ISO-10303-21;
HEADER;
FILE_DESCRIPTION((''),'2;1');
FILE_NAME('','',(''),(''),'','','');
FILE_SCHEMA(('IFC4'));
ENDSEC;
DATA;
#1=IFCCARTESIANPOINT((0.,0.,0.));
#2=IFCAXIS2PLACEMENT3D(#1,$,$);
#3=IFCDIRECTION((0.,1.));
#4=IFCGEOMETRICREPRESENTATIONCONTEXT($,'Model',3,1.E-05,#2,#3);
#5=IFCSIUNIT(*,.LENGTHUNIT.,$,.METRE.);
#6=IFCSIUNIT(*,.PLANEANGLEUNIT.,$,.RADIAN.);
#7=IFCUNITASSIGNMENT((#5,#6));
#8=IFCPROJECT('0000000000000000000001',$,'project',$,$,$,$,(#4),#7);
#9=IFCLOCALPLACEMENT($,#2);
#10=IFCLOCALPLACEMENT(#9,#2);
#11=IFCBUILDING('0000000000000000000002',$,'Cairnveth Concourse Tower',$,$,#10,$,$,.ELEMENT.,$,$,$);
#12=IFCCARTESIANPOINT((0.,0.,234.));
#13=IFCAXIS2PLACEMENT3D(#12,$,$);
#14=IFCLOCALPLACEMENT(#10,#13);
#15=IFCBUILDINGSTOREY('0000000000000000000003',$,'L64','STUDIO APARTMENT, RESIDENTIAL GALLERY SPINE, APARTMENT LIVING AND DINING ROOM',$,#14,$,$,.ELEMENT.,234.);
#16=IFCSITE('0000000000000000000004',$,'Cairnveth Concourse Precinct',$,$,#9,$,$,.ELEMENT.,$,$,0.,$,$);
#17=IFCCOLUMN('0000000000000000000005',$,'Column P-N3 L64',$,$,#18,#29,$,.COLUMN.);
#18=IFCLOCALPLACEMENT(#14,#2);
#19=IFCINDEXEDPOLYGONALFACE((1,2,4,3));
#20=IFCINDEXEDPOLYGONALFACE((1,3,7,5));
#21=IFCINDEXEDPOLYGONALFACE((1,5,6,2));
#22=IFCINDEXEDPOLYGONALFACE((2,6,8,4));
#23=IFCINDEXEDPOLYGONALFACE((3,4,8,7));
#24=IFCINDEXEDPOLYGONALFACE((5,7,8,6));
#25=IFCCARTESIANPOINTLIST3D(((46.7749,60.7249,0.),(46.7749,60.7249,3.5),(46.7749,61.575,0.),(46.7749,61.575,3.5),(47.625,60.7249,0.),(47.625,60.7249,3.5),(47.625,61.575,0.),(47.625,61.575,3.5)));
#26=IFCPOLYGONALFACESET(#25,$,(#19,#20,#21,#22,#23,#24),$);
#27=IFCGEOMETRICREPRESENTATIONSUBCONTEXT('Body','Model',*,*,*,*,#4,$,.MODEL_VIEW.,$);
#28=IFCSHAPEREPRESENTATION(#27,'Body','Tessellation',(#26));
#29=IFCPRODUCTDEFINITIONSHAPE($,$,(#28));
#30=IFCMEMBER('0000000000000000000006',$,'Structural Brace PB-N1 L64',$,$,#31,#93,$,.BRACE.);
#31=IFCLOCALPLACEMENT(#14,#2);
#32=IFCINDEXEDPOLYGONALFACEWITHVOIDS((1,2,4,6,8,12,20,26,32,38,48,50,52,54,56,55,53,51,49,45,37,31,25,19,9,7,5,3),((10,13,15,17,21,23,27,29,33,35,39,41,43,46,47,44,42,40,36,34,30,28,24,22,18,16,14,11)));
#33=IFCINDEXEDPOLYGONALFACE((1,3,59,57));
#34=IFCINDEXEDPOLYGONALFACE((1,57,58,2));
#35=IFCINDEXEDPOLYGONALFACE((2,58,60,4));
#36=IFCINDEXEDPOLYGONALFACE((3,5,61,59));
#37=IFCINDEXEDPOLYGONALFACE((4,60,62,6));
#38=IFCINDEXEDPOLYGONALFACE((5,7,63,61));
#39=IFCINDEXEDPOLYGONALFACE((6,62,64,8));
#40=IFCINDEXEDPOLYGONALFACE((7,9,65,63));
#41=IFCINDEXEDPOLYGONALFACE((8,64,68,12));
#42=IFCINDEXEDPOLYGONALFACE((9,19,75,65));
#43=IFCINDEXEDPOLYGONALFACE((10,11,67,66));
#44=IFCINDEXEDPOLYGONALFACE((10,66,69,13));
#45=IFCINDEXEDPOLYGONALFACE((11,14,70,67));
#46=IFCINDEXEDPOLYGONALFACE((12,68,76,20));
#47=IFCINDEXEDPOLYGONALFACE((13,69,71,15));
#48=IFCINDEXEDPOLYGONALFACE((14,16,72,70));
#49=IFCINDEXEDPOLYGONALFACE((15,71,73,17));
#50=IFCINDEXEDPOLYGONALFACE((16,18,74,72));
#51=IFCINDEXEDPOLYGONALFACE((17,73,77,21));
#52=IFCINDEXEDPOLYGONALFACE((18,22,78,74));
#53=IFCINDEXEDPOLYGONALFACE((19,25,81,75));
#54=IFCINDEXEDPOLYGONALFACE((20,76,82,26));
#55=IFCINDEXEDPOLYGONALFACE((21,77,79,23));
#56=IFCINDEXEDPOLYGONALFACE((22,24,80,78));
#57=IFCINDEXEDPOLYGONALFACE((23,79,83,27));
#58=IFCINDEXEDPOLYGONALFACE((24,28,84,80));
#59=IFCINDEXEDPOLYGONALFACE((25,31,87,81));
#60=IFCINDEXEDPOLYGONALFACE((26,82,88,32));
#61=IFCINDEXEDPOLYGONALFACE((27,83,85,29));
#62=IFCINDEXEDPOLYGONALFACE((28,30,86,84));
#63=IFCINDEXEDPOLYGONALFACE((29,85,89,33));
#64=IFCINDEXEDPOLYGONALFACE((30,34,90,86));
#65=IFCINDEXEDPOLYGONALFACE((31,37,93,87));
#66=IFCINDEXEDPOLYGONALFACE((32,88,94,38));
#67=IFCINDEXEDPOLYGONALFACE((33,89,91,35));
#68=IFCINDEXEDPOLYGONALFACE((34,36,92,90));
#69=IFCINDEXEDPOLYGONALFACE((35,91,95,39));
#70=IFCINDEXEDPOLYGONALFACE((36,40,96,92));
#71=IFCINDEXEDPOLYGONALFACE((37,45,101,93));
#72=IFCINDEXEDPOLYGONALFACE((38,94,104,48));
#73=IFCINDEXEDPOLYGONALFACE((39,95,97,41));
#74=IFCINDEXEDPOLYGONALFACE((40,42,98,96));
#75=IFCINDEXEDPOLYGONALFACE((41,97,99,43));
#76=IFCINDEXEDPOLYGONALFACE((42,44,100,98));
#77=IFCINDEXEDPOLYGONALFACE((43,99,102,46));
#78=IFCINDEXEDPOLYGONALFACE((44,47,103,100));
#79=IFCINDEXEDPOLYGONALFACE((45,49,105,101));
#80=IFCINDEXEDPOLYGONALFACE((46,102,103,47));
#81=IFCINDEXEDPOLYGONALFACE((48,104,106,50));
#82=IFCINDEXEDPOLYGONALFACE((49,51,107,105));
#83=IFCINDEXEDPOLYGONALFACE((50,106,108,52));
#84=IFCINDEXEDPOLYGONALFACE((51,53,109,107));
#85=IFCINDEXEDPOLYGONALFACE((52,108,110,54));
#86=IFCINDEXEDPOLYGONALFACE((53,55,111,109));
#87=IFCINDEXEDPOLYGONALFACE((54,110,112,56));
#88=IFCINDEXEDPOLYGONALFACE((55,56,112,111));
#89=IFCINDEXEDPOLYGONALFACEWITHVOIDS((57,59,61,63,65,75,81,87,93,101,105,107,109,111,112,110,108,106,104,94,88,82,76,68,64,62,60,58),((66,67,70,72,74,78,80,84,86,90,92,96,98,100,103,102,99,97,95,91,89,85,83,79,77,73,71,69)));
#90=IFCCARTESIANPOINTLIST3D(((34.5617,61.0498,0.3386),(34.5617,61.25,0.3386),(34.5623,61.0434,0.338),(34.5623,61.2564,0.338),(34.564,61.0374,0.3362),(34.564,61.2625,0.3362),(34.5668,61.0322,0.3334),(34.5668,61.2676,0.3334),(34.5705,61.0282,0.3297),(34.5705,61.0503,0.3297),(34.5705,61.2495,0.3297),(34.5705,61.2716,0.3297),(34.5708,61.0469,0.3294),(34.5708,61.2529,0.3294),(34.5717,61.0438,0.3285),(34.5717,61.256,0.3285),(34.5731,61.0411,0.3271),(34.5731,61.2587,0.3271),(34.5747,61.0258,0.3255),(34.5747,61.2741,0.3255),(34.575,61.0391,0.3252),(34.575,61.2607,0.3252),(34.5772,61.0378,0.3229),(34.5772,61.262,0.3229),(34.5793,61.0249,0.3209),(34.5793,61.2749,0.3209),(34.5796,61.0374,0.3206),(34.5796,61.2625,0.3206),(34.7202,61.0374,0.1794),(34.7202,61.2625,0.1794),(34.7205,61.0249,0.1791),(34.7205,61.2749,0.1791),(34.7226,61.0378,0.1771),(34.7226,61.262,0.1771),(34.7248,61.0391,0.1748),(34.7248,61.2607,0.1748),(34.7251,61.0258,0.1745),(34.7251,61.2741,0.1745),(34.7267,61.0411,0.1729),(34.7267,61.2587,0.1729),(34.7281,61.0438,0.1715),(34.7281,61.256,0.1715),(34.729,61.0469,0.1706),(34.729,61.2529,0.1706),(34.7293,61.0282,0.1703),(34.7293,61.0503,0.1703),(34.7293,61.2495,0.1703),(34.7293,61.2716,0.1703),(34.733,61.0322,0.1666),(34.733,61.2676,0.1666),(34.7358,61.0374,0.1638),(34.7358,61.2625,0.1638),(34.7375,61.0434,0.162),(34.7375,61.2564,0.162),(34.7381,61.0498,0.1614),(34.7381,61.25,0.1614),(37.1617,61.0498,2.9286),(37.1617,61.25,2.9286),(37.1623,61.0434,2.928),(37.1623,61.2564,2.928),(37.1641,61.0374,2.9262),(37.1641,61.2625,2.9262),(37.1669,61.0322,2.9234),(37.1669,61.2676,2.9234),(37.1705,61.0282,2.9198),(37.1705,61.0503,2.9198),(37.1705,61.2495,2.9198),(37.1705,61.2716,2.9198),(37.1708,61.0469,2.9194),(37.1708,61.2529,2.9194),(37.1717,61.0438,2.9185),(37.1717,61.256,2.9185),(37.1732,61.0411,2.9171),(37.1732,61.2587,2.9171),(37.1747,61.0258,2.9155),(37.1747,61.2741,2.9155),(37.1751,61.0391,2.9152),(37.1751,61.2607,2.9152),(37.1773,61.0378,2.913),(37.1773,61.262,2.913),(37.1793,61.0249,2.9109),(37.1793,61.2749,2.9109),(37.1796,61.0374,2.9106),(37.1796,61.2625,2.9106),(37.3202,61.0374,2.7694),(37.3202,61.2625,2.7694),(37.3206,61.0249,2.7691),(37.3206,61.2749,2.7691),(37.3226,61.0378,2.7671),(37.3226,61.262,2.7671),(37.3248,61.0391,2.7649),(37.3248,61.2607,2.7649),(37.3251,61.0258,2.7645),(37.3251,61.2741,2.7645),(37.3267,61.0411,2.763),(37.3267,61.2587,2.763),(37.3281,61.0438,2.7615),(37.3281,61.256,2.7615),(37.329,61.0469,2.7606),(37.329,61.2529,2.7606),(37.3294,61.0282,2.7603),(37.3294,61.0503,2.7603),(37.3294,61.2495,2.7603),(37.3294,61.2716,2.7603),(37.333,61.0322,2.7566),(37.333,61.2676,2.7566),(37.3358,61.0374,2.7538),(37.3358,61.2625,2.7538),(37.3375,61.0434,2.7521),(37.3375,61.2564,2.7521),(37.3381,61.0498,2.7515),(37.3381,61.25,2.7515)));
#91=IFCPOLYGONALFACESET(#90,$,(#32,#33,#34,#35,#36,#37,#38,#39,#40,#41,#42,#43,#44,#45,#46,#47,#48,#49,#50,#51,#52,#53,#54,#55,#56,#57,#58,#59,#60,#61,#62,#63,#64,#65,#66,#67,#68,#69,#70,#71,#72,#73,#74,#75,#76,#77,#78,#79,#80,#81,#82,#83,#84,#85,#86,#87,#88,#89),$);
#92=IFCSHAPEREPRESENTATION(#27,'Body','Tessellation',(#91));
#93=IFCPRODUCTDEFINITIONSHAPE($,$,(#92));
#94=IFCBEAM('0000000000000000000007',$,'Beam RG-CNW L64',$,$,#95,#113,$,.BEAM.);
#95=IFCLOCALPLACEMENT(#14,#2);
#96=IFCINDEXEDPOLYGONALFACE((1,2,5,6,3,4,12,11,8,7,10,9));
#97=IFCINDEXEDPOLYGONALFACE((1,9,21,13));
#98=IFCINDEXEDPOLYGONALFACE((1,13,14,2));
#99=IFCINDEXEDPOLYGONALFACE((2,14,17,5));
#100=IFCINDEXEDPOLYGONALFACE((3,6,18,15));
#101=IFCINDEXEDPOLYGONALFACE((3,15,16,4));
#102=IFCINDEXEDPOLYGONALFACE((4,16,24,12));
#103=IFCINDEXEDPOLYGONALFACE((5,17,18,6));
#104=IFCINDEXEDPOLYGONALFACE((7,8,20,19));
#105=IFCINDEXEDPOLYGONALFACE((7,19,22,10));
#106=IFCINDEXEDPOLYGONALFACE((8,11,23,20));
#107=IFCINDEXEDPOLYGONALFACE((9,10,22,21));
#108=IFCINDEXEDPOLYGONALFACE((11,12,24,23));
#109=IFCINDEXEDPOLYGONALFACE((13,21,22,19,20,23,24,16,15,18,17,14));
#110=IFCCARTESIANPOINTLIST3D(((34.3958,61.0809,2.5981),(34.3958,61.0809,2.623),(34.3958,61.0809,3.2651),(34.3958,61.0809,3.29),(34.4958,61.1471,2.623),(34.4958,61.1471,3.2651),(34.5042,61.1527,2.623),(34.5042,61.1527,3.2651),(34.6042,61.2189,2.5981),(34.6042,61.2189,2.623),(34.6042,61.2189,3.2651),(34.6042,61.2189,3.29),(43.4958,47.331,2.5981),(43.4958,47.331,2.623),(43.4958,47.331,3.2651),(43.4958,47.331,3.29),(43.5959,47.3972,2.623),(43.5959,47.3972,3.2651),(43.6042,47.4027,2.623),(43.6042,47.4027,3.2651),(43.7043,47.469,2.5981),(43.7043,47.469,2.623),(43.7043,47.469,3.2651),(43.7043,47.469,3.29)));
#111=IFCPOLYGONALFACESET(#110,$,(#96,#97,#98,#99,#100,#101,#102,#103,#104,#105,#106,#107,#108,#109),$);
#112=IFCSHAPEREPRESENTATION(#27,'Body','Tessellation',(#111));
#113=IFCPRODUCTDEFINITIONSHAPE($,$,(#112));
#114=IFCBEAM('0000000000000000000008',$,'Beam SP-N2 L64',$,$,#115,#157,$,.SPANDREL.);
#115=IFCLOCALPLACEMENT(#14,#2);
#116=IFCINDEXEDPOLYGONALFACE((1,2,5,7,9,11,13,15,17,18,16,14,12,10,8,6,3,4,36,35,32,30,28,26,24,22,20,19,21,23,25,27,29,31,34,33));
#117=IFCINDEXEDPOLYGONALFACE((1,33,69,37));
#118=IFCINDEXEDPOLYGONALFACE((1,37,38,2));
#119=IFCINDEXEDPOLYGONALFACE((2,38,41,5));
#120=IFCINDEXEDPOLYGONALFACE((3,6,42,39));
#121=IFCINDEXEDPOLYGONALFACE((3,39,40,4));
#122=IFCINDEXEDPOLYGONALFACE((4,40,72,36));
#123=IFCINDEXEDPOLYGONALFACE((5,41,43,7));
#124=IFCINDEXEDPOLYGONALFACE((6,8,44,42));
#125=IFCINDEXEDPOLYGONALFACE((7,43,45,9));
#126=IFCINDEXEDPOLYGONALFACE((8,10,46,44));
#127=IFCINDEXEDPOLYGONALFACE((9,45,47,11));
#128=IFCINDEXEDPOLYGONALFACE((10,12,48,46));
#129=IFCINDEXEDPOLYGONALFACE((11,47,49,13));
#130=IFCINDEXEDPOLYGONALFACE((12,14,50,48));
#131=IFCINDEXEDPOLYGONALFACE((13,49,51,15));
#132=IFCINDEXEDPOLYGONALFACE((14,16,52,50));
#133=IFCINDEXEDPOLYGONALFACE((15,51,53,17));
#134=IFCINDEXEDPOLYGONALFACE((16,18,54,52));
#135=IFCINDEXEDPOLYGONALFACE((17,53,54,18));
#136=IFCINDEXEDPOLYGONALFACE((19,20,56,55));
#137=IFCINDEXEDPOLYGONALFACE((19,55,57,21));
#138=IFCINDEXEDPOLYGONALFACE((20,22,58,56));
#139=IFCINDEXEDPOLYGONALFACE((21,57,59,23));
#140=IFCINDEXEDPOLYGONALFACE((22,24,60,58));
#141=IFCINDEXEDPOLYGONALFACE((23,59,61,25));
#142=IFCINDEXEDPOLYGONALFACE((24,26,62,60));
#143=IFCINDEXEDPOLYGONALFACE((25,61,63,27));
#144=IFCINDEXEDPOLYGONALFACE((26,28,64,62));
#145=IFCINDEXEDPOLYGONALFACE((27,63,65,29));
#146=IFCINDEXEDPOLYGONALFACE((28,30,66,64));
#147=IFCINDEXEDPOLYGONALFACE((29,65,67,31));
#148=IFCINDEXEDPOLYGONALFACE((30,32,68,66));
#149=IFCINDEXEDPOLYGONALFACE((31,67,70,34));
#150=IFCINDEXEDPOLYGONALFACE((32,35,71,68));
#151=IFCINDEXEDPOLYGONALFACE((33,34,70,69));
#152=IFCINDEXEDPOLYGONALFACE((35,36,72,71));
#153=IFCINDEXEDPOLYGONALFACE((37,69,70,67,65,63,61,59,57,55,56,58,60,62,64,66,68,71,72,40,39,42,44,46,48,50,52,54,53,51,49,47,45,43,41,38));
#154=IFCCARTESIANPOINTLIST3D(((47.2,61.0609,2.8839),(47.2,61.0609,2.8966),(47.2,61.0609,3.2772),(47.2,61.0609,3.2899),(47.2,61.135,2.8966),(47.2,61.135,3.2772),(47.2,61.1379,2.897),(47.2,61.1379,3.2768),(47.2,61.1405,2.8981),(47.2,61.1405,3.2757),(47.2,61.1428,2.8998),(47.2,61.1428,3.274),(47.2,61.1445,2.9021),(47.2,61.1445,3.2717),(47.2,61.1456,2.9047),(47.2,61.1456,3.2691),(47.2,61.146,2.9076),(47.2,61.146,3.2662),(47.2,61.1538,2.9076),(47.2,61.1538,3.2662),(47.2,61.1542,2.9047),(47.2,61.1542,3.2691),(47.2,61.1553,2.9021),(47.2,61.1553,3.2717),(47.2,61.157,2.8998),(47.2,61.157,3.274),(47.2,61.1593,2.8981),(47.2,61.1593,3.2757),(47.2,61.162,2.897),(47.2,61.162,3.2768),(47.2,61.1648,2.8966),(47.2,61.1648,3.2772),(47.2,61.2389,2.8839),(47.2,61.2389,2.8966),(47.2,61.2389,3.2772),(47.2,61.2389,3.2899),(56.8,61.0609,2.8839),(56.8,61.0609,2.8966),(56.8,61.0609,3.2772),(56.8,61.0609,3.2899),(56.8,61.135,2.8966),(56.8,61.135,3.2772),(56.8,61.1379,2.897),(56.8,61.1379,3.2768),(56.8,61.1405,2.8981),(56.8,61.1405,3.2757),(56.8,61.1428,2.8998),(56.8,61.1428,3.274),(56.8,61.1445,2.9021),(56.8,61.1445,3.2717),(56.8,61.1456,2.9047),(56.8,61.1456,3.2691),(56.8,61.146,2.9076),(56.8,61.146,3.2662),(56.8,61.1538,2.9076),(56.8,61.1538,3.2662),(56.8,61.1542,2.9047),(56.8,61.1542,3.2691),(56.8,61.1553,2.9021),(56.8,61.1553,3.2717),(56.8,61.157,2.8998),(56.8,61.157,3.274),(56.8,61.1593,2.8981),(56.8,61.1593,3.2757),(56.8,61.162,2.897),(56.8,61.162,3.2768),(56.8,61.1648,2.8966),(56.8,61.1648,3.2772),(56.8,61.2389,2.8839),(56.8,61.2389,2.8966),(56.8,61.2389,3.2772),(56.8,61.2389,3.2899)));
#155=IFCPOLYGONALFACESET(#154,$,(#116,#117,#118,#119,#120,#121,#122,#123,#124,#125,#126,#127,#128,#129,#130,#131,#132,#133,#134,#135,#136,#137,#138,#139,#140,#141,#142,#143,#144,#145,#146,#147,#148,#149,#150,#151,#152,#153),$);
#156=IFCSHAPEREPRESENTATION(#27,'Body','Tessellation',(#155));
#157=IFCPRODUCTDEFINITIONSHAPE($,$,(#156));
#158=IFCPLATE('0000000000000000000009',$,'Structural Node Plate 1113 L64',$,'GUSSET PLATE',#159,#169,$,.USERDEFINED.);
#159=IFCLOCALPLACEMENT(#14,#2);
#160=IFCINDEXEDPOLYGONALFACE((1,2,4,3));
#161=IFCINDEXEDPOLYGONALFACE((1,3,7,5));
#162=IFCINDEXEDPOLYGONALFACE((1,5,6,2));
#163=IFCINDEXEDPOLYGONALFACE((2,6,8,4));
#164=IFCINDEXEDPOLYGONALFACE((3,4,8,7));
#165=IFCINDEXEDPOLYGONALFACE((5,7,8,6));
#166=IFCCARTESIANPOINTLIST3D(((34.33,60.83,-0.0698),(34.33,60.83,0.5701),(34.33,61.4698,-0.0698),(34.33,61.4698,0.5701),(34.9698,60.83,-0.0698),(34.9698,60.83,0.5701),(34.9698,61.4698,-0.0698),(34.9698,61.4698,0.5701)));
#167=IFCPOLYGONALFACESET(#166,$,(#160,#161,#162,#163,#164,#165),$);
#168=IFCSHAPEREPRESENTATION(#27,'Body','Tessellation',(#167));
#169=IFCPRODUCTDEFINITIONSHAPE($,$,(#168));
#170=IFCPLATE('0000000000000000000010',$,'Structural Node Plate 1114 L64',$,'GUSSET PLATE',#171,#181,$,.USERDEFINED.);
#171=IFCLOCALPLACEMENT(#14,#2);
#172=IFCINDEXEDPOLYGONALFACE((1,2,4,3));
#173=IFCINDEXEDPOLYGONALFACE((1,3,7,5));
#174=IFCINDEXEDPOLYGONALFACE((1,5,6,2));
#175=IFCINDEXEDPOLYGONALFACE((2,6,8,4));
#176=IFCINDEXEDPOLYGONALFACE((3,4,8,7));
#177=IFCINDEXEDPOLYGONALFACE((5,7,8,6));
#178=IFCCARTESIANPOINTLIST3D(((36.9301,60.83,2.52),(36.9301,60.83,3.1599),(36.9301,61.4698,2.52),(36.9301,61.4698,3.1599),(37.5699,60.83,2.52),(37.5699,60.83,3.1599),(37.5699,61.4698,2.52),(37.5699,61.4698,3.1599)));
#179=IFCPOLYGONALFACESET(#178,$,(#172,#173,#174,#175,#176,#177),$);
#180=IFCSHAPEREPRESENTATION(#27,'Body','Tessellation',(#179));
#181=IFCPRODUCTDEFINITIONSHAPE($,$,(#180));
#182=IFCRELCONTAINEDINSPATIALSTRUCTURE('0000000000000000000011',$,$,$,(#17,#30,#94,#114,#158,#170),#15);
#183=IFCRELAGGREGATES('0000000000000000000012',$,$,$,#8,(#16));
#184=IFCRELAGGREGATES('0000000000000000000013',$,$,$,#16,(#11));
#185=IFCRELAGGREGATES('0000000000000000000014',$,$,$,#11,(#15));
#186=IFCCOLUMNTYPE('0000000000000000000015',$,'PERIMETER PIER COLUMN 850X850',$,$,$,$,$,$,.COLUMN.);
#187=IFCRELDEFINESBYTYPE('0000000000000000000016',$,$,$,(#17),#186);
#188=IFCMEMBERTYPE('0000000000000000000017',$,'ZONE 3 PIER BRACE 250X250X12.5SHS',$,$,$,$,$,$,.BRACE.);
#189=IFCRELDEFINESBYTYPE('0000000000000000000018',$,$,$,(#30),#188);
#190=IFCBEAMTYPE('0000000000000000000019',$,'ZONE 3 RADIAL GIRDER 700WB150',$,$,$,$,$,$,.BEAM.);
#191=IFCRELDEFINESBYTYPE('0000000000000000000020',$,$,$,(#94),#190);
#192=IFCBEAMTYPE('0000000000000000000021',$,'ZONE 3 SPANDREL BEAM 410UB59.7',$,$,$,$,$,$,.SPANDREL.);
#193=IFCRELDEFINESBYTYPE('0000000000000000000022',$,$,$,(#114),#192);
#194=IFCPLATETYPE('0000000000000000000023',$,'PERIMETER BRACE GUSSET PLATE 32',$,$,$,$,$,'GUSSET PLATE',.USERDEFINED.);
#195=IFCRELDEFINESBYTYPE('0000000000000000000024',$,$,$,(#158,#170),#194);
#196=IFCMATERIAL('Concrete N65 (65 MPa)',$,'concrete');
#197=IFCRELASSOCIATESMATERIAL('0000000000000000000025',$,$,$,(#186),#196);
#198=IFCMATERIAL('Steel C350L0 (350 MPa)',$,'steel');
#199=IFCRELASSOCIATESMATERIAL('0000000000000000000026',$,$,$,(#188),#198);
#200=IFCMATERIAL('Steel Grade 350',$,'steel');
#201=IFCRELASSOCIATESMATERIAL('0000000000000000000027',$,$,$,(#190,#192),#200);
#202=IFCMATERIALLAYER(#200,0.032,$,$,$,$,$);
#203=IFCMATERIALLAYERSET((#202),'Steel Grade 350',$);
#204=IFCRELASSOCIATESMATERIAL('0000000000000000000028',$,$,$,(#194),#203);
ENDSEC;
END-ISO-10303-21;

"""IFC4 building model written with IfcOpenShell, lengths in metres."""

from ifc_helpers import new_model, si_unit, direction, frame, origin, origin_2d, place, context, subcontext, project, spatial, rectangle, hollow_rectangle, i_section, extrude, material, layer, layer_set, material_profile, profile_set, type_object, element, save


model = new_model("IFC4")

# Units and contexts
model_context = context("Model", 3, precision=1e-05, world=origin(), true_north=direction((0.0, 1.0)))
body_context = subcontext(model_context, "Body", "Model", "MODEL_VIEW")
ifc_project = project(units=[si_unit("LENGTHUNIT", "METRE"), si_unit("PLANEANGLEUNIT", "RADIAN")], contexts=[model_context])

# Site, building, storey
site_placement = place(None, origin())
site = spatial("IfcSite", under=ifc_project, at=site_placement, Name="Cairnveth Concourse Precinct", CompositionType="ELEMENT", RefElevation=0.0)
building_placement = place(site_placement, origin())
building = spatial("IfcBuilding", under=site, at=building_placement, Name="Cairnveth Concourse Tower", CompositionType="ELEMENT")
storey_placement = place(building_placement, frame((0.0, 0.0, 234.0)))
storey = spatial("IfcBuildingStorey", under=building, at=storey_placement, Name="L64", Description="STUDIO APARTMENT, RESIDENTIAL GALLERY SPINE, APARTMENT LIVING AND DINING ROOM", CompositionType="ELEMENT", Elevation=234.0)

# Column
ifc_material_1 = material(Name="Concrete N65 (65 MPa)", Category="concrete")
ifc_material_profile_1 = material_profile(ifc_material_1, rectangle(XDim=0.8501, YDim=0.8501, at=origin_2d()), Name="RC-COL-850x850")
ifc_profile_set_1 = profile_set([ifc_material_profile_1], Name="Concrete N65 (65 MPa)")
column_type = type_object("IfcColumnType", Name="PERIMETER PIER COLUMN 850X850", PredefinedType="COLUMN", material=ifc_profile_set_1)
column_placement = place(storey_placement, frame((47.2, 61.1499, 0.0), z_axis=(0.0, 0.0, 1.0), x_axis=(1.0, 0.0, 0.0)))
element("IfcColumn", 1, at=column_placement, inside=storey, type_object=column_type, Name="Column P-N3 L64", PredefinedType="COLUMN", context=body_context, shape_type="SweptSolid", body=[
    extrude(rectangle(XDim=0.8501, YDim=0.8501, at=origin_2d()), origin(), (0.0, 0.0, 1.0), 3.5),
])

# Member
ifc_material_2 = material(Name="Steel C350L0 (350 MPa)", Category="steel")
ifc_material_profile_2 = material_profile(ifc_material_2, hollow_rectangle(XDim=0.25, YDim=0.25, WallThickness=0.0125, InnerFilletRadius=0.0129, OuterFilletRadius=0.0249, at=origin_2d()), Name="250x250x12.5SHS")
ifc_profile_set_2 = profile_set([ifc_material_profile_2], Name="Steel C350L0 (350 MPa)")
member_type = type_object("IfcMemberType", Name="ZONE 3 PIER BRACE 250X250X12.5SHS", PredefinedType="BRACE", material=ifc_profile_set_2)
member_placement = place(storey_placement, frame((34.6499, 61.1499, 0.25), z_axis=(0.708469, 0.0, 0.705742), x_axis=(0.0, 1.0, 0.0)))
element("IfcMember", 2, at=member_placement, inside=storey, type_object=member_type, Name="Structural Brace PB-N1 L64", PredefinedType="BRACE", context=body_context, shape_type="SweptSolid", body=[
    extrude(hollow_rectangle(XDim=0.25, YDim=0.25, WallThickness=0.0125, InnerFilletRadius=0.0129, OuterFilletRadius=0.0249, at=origin_2d()), origin(), (0.0, 0.0, 1.0), 3.6699),
])

# Beams
ifc_material_3 = material(Name="Steel Grade 350", Category="steel")
ifc_material_profile_3 = material_profile(ifc_material_3, i_section(OverallWidth=0.25, OverallDepth=0.6919, WebThickness=0.01, FlangeThickness=0.0249, at=origin_2d()), Name="700WB150")
ifc_profile_set_3 = profile_set([ifc_material_profile_3], Name="Steel Grade 350")
beam_type_1 = type_object("IfcBeamType", Name="ZONE 3 RADIAL GIRDER 700WB150", PredefinedType="BEAM", material=ifc_profile_set_3)
beam_1_placement = place(storey_placement, frame((34.5, 61.1499, 2.9441), z_axis=(0.551902, -0.833909, 0.0), x_axis=(0.833909, 0.551902, 0.0)))
element("IfcBeam", 3, at=beam_1_placement, inside=storey, type_object=beam_type_1, Name="Beam RG-CNW L64", PredefinedType="BEAM", context=body_context, shape_type="SweptSolid", body=[
    extrude(i_section(OverallWidth=0.25, OverallDepth=0.6919, WebThickness=0.01, FlangeThickness=0.0249, at=origin_2d()), origin(), (0.0, 0.0, 1.0), 16.4885),
])
ifc_material_profile_4 = material_profile(ifc_material_3, i_section(OverallWidth=0.178, OverallDepth=0.406, WebThickness=0.0078, FlangeThickness=0.0127, FilletRadius=0.011, at=origin_2d()), Name="410UB59.7")
ifc_profile_set_4 = profile_set([ifc_material_profile_4], Name="Steel Grade 350")
beam_type_2 = type_object("IfcBeamType", Name="ZONE 3 SPANDREL BEAM 410UB59.7", PredefinedType="SPANDREL", material=ifc_profile_set_4)
beam_2_placement = place(storey_placement, frame((47.2, 61.1499, 3.0869), z_axis=(1.0, 0.0, 0.0), x_axis=(0.0, 1.0, 0.0)))
element("IfcBeam", 4, at=beam_2_placement, inside=storey, type_object=beam_type_2, Name="Beam SP-N2 L64", PredefinedType="SPANDREL", context=body_context, shape_type="SweptSolid", body=[
    extrude(i_section(OverallWidth=0.178, OverallDepth=0.406, WebThickness=0.0078, FlangeThickness=0.0127, FilletRadius=0.011, at=origin_2d()), origin(), (0.0, 0.0, 1.0), 9.6001),
])

# Plates
ifc_layer_1 = layer(ifc_material_3, 0.032)
ifc_layer_set_1 = layer_set([ifc_layer_1], Name="Steel Grade 350")
plate_type = type_object("IfcPlateType", Name="PERIMETER BRACE GUSSET PLATE 32", ElementType="GUSSET PLATE", PredefinedType="USERDEFINED", material=ifc_layer_set_1)
for number, where, z_axis, x_axis, name in (
    (5, (34.6499, 61.1499, -0.0698), (0.0, 0.0, 1.0), (1.0, 0.0, 0.0), "Structural Node Plate 1113 L64"),
    (6, (37.25, 61.1499, 2.52), (0.0, 0.0, 1.0), (1.0, 0.0, 0.0), "Structural Node Plate 1114 L64"),
):
    element("IfcPlate", number, at=place(storey_placement, frame(where, z_axis=z_axis, x_axis=x_axis)), inside=storey, type_object=plate_type, Name=name, ObjectType="GUSSET PLATE", PredefinedType="USERDEFINED", context=body_context, shape_type="SweptSolid", body=[
        extrude(rectangle(XDim=0.6399, YDim=0.6399, at=origin_2d()), origin(), (0.0, 0.0, 1.0), 0.6399),
    ])

save(model, "model.ifc")
